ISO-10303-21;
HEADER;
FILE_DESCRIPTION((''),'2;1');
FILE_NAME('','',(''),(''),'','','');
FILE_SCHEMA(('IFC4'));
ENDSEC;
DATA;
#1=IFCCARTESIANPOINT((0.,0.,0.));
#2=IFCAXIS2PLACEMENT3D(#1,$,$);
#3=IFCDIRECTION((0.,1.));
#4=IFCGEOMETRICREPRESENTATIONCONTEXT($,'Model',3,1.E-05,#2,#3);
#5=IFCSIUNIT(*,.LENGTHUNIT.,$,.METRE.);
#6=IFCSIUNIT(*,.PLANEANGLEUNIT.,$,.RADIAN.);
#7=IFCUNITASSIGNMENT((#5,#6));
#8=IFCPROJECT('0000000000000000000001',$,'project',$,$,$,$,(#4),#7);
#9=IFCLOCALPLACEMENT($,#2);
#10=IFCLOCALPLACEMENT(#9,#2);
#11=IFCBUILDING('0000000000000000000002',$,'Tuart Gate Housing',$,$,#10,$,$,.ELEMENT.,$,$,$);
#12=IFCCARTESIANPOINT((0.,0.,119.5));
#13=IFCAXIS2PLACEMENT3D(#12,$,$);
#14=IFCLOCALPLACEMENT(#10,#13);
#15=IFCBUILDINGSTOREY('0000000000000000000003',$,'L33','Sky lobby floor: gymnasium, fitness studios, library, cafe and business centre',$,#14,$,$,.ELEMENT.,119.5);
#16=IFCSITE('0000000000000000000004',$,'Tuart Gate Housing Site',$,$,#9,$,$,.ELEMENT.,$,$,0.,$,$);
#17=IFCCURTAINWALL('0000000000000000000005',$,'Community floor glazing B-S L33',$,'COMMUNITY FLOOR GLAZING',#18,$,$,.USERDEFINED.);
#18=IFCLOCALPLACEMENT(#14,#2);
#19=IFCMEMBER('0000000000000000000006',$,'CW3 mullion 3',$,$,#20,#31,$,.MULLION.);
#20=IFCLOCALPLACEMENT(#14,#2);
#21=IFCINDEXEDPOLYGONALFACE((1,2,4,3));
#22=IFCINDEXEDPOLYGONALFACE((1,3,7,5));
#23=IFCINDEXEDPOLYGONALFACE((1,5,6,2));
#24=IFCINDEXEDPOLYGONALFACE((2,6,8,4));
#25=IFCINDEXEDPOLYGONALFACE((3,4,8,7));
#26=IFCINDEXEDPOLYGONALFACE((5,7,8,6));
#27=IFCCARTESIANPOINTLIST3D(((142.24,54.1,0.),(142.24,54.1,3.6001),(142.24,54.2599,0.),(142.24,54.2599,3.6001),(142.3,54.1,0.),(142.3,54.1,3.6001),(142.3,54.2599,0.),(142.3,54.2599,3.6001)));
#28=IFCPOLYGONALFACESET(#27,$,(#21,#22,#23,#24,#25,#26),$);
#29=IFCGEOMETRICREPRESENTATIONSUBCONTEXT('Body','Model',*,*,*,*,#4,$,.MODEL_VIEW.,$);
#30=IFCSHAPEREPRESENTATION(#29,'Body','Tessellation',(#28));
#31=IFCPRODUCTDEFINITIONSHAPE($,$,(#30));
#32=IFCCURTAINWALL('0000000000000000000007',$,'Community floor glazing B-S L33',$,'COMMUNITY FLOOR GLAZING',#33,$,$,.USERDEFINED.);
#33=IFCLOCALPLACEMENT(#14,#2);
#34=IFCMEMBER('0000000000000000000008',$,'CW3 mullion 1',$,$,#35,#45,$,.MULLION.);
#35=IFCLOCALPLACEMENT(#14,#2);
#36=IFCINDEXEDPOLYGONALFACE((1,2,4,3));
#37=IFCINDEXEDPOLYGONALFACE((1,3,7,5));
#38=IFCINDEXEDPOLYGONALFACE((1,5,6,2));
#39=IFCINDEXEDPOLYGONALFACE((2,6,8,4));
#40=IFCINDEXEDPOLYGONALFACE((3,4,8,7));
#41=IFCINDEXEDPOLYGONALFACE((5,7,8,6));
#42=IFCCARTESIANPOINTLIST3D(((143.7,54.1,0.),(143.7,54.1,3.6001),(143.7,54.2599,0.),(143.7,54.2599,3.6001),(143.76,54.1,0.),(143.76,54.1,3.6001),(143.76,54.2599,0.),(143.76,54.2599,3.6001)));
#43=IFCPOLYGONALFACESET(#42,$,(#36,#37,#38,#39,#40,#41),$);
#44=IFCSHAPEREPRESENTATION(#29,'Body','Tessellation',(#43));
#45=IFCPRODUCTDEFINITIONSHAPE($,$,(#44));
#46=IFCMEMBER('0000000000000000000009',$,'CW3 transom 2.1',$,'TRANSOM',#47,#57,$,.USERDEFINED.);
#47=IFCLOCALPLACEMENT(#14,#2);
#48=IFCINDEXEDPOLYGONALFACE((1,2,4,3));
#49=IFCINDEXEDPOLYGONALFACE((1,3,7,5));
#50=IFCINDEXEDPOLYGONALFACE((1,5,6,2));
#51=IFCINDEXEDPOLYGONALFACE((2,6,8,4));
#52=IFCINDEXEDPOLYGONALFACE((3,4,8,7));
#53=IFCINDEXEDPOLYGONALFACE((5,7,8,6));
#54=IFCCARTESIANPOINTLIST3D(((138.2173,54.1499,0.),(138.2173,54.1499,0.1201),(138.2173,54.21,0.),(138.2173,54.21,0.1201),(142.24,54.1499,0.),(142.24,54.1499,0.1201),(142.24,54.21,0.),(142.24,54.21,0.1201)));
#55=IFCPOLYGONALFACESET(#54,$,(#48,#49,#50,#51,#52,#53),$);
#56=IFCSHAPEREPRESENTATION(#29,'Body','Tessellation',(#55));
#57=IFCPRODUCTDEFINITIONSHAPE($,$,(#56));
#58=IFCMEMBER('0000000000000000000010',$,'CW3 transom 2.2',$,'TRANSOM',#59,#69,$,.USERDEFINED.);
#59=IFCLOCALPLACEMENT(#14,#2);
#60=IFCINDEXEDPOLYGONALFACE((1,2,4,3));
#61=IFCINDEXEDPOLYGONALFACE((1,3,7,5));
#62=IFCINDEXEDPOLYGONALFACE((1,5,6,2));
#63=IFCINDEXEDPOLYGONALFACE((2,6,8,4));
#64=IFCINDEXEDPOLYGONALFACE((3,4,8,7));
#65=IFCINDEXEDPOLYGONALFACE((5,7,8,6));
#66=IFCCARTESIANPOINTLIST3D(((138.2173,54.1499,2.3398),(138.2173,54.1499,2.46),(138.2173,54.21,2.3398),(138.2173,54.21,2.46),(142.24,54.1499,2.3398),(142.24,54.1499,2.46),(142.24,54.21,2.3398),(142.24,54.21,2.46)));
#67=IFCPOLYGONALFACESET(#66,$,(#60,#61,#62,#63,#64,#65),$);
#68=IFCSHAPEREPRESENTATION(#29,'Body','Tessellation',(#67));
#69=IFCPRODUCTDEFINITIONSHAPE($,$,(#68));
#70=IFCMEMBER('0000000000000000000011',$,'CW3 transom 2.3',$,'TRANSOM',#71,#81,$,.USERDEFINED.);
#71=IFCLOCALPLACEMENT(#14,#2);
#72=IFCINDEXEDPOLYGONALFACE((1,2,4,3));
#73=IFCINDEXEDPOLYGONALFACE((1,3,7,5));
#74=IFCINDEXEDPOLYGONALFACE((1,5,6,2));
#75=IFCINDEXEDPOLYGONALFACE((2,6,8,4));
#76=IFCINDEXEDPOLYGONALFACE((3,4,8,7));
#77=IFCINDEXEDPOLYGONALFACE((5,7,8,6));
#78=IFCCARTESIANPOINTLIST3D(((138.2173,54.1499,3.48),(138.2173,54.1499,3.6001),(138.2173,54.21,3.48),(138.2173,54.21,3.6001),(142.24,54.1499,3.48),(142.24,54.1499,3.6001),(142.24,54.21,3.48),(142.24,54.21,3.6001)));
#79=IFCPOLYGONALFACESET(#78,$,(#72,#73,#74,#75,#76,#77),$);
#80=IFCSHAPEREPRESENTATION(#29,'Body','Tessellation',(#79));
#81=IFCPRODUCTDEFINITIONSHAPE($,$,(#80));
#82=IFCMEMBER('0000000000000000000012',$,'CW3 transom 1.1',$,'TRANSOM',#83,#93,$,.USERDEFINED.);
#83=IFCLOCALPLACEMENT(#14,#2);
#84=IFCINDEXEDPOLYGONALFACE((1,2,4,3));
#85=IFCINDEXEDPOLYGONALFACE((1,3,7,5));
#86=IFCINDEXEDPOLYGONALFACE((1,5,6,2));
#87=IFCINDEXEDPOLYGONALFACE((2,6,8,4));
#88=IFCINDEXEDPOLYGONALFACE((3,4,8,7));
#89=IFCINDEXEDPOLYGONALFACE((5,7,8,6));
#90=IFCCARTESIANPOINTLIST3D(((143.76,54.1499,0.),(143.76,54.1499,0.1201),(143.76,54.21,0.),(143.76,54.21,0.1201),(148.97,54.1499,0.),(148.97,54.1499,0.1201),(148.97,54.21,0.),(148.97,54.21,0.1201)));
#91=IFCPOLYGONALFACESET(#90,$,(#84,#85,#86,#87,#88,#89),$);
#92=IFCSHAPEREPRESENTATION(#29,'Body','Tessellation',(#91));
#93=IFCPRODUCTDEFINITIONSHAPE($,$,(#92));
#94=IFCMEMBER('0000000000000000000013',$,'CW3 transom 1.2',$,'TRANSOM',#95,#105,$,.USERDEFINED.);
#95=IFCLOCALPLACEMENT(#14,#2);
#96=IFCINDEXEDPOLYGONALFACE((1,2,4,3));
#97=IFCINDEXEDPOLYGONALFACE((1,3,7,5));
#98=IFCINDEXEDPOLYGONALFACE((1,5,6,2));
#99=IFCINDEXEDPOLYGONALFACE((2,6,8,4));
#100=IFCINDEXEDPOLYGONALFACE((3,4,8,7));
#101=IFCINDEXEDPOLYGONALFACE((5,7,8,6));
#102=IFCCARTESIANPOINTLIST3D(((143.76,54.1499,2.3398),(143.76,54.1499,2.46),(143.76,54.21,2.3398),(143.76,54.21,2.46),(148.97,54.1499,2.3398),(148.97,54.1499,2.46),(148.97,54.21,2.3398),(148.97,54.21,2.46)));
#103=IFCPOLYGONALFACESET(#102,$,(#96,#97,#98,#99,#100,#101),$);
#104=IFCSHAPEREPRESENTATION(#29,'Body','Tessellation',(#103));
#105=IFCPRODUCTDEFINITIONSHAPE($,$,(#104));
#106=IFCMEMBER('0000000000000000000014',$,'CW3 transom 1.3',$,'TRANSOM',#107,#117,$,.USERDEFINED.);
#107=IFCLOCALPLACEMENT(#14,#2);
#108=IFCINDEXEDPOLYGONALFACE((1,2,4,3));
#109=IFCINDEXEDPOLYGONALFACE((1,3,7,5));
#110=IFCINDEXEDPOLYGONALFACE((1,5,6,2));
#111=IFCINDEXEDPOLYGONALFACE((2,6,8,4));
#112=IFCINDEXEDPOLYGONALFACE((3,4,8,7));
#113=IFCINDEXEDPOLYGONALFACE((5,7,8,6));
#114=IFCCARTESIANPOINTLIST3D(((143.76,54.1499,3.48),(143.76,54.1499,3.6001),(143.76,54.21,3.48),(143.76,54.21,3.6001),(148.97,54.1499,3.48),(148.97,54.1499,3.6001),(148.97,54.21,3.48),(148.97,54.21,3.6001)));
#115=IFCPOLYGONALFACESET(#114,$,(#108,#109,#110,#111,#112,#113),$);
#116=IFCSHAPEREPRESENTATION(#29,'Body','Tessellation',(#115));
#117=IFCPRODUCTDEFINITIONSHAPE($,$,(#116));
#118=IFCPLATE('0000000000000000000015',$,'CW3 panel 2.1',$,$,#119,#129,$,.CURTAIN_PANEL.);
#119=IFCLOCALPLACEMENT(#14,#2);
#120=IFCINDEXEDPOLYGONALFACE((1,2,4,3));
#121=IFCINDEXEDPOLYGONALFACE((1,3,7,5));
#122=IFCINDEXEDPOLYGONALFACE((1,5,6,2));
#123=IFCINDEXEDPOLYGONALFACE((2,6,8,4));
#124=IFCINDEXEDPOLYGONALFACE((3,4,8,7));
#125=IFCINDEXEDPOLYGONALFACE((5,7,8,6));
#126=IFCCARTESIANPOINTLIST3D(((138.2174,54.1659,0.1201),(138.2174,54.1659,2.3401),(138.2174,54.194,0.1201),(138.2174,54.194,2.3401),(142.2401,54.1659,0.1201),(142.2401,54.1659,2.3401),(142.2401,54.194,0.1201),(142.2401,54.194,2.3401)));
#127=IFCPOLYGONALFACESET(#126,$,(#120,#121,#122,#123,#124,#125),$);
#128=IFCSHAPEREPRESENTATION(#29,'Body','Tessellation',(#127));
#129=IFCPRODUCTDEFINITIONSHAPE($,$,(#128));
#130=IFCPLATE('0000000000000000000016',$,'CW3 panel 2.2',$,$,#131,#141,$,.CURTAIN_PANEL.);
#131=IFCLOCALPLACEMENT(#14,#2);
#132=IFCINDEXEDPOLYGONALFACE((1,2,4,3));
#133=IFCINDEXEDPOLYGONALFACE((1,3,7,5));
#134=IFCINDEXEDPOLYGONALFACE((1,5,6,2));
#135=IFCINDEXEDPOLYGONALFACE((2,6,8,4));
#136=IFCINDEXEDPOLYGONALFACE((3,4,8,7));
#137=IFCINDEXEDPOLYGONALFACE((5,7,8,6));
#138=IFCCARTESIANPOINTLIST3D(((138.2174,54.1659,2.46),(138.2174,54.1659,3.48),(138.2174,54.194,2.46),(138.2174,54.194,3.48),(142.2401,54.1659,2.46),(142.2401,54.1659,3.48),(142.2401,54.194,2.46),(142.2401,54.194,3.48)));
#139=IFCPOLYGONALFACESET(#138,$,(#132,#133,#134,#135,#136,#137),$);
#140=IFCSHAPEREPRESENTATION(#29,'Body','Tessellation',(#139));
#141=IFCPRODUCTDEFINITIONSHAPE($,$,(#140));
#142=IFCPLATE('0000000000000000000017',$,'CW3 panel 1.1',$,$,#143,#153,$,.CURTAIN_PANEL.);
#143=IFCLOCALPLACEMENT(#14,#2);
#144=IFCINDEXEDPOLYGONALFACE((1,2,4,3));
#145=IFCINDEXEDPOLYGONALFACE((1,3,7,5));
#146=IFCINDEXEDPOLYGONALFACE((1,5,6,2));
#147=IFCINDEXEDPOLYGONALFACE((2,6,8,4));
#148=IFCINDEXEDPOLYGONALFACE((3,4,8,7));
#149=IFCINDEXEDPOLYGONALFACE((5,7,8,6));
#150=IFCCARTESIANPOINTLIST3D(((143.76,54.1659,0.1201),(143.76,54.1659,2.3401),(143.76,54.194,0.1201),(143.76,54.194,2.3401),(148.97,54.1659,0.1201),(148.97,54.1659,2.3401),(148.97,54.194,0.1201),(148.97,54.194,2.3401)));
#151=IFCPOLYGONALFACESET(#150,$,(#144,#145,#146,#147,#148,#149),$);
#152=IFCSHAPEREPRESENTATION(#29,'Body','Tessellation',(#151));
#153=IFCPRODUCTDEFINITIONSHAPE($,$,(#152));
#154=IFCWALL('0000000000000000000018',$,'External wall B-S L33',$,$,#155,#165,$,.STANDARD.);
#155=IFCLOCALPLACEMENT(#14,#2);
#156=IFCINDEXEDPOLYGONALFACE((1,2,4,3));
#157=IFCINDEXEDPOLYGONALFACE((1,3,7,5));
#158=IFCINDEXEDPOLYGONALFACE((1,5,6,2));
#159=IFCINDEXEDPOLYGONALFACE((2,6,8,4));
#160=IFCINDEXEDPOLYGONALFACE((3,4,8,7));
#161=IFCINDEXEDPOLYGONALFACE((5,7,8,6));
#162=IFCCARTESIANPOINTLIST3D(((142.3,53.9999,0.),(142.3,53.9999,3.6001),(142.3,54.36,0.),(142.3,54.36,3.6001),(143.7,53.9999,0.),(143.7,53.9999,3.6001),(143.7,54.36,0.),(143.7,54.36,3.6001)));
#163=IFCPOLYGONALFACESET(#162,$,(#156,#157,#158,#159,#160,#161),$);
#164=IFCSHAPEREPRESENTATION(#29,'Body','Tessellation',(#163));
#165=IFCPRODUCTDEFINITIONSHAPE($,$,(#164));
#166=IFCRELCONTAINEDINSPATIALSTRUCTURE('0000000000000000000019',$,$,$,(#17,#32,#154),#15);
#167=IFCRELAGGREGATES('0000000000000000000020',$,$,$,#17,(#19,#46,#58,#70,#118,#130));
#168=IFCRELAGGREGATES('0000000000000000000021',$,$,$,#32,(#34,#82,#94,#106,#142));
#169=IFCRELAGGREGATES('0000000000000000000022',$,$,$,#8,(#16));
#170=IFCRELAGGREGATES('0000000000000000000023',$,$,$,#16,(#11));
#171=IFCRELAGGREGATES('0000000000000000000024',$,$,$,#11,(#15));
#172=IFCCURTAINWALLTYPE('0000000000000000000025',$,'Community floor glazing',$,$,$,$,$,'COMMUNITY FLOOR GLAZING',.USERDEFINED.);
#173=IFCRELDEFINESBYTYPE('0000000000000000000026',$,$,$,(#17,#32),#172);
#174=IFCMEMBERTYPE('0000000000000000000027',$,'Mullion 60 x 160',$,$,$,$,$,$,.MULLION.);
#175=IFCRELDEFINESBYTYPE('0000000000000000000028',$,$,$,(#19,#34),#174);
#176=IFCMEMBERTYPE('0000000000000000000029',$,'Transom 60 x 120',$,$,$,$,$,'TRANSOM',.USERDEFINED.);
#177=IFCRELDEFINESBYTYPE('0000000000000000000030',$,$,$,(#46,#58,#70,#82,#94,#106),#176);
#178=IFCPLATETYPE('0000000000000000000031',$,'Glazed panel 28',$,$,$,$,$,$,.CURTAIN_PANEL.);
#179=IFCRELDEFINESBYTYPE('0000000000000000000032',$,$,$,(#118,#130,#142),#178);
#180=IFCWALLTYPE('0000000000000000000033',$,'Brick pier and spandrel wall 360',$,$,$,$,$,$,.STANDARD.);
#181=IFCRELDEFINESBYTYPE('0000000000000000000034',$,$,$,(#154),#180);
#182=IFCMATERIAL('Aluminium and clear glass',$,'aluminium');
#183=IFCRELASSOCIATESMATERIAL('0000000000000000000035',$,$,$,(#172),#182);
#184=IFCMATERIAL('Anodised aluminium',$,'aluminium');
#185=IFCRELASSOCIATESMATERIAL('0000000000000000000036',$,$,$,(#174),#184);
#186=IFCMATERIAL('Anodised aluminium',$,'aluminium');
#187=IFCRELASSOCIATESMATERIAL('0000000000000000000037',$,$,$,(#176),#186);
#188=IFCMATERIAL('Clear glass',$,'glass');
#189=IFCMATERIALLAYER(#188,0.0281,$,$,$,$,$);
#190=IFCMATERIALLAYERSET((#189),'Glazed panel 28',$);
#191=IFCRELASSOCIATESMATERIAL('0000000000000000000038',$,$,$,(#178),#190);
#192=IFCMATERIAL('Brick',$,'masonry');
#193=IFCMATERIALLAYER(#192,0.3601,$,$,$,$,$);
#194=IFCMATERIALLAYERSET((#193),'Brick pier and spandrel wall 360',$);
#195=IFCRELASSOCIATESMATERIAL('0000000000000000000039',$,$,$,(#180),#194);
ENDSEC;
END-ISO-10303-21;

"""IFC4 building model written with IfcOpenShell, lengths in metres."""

from ifc_helpers import new_model, si_unit, direction, frame, frame_2d, origin, origin_2d, place, context, subcontext, project, spatial, rectangle, extrude, material, layer, layer_set, material_profile, profile_set, type_object, element, aggregate, save


model = new_model("IFC4")

# Units and contexts
model_context = context("Model", 3, precision=1e-05, world=origin(), true_north=direction((0.0, 1.0)))
body_context = subcontext(model_context, "Body", "Model", "MODEL_VIEW")
ifc_project = project(units=[si_unit("LENGTHUNIT", "METRE"), si_unit("PLANEANGLEUNIT", "RADIAN")], contexts=[model_context])

# Site, building, storey
site_placement = place(None, origin())
site = spatial("IfcSite", under=ifc_project, at=site_placement, Name="Tuart Gate Housing Site", CompositionType="ELEMENT", RefElevation=0.0)
building_placement = place(site_placement, origin())
building = spatial("IfcBuilding", under=site, at=building_placement, Name="Tuart Gate Housing", CompositionType="ELEMENT")
storey_placement = place(building_placement, frame((0.0, 0.0, 119.5)))
storey = spatial("IfcBuildingStorey", under=building, at=storey_placement, Name="L33", Description="Sky lobby floor: gymnasium, fitness studios, library, cafe and business centre", CompositionType="ELEMENT", Elevation=119.5)

# Curtain walls, members
ifc_material_1 = material(Name="Aluminium and clear glass", Category="aluminium")
curtain_wall_type = type_object("IfcCurtainWallType", Name="Community floor glazing", ElementType="COMMUNITY FLOOR GLAZING", PredefinedType="USERDEFINED", material=ifc_material_1)
curtain_wall_1_placement = place(storey_placement, origin())
curtain_wall_1 = element("IfcCurtainWall", 1, at=curtain_wall_1_placement, inside=storey, type_object=curtain_wall_type, Name="Community floor glazing B-S L33", ObjectType="COMMUNITY FLOOR GLAZING", PredefinedType="USERDEFINED")
ifc_material_2 = material(Name="Anodised aluminium", Category="aluminium")
ifc_material_profile_1 = material_profile(ifc_material_2, rectangle(XDim=0.0601, YDim=0.1599, at=origin_2d()), Name="60x160")
ifc_profile_set_1 = profile_set([ifc_material_profile_1], Name="Anodised aluminium")
member_type_1 = type_object("IfcMemberType", Name="Mullion 60 x 160", PredefinedType="MULLION", material=ifc_profile_set_1)
member_1_placement = place(storey_placement, frame((142.27, 54.1799, 0.0), z_axis=(0.0, 0.0, 1.0), x_axis=(1.0, 0.0, 0.0)))
member_1 = element("IfcMember", 2, at=member_1_placement, type_object=member_type_1, Name="CW3 mullion 3", PredefinedType="MULLION", context=body_context, shape_type="SweptSolid", body=[
    extrude(rectangle(XDim=0.0601, YDim=0.1599, at=origin_2d()), origin(), (0.0, 0.0, 1.0), 3.6001),
])
curtain_wall_2_placement = place(storey_placement, origin())
curtain_wall_2 = element("IfcCurtainWall", 3, at=curtain_wall_2_placement, inside=storey, type_object=curtain_wall_type, Name="Community floor glazing B-S L33", ObjectType="COMMUNITY FLOOR GLAZING", PredefinedType="USERDEFINED")
member_2_placement = place(storey_placement, frame((143.73, 54.1799, 0.0), z_axis=(0.0, 0.0, 1.0), x_axis=(1.0, 0.0, 0.0)))
member_2 = element("IfcMember", 4, at=member_2_placement, type_object=member_type_1, Name="CW3 mullion 1", PredefinedType="MULLION", context=body_context, shape_type="SweptSolid", body=[
    extrude(rectangle(XDim=0.0601, YDim=0.1599, at=origin_2d()), origin(), (0.0, 0.0, 1.0), 3.6001),
])

# Members
ifc_material_3 = material(Name="Anodised aluminium", Category="aluminium")
ifc_material_profile_2 = material_profile(ifc_material_3, rectangle(XDim=0.0601, YDim=0.1201, at=origin_2d()), Name="60x120")
ifc_profile_set_2 = profile_set([ifc_material_profile_2], Name="Anodised aluminium")
member_type_2 = type_object("IfcMemberType", Name="Transom 60 x 120", ElementType="TRANSOM", PredefinedType="USERDEFINED", material=ifc_profile_set_2)
member_3_placement = place(storey_placement, frame((138.2173, 54.1799, 0.0601), z_axis=(1.0, 0.0, 0.0), x_axis=(0.0, 1.0, 0.0)))
member_3 = element("IfcMember", 5, at=member_3_placement, type_object=member_type_2, Name="CW3 transom 2.1", ObjectType="TRANSOM", PredefinedType="USERDEFINED", context=body_context, shape_type="SweptSolid", body=[
    extrude(rectangle(XDim=0.0601, YDim=0.1201, at=origin_2d()), origin(), (0.0, 0.0, 1.0), 4.0227),
])
member_4_placement = place(storey_placement, frame((138.2173, 54.1799, 2.3999), z_axis=(1.0, 0.0, 0.0), x_axis=(0.0, 1.0, 0.0)))
member_4 = element("IfcMember", 6, at=member_4_placement, type_object=member_type_2, Name="CW3 transom 2.2", ObjectType="TRANSOM", PredefinedType="USERDEFINED", context=body_context, shape_type="SweptSolid", body=[
    extrude(rectangle(XDim=0.0601, YDim=0.1201, at=origin_2d()), origin(), (0.0, 0.0, 1.0), 4.0227),
])
member_5_placement = place(storey_placement, frame((138.2173, 54.1799, 3.54), z_axis=(1.0, 0.0, 0.0), x_axis=(0.0, 1.0, 0.0)))
member_5 = element("IfcMember", 7, at=member_5_placement, type_object=member_type_2, Name="CW3 transom 2.3", ObjectType="TRANSOM", PredefinedType="USERDEFINED", context=body_context, shape_type="SweptSolid", body=[
    extrude(rectangle(XDim=0.0601, YDim=0.1201, at=origin_2d()), origin(), (0.0, 0.0, 1.0), 4.0227),
])
member_6_placement = place(storey_placement, frame((143.76, 54.1799, 0.0601), z_axis=(1.0, 0.0, 0.0), x_axis=(0.0, 1.0, 0.0)))
member_6 = element("IfcMember", 8, at=member_6_placement, type_object=member_type_2, Name="CW3 transom 1.1", ObjectType="TRANSOM", PredefinedType="USERDEFINED", context=body_context, shape_type="SweptSolid", body=[
    extrude(rectangle(XDim=0.0601, YDim=0.1201, at=origin_2d()), origin(), (0.0, 0.0, 1.0), 5.21),
])
member_7_placement = place(storey_placement, frame((143.76, 54.1799, 2.3999), z_axis=(1.0, 0.0, 0.0), x_axis=(0.0, 1.0, 0.0)))
member_7 = element("IfcMember", 9, at=member_7_placement, type_object=member_type_2, Name="CW3 transom 1.2", ObjectType="TRANSOM", PredefinedType="USERDEFINED", context=body_context, shape_type="SweptSolid", body=[
    extrude(rectangle(XDim=0.0601, YDim=0.1201, at=origin_2d()), origin(), (0.0, 0.0, 1.0), 5.21),
])
member_8_placement = place(storey_placement, frame((143.76, 54.1799, 3.54), z_axis=(1.0, 0.0, 0.0), x_axis=(0.0, 1.0, 0.0)))
member_8 = element("IfcMember", 10, at=member_8_placement, type_object=member_type_2, Name="CW3 transom 1.3", ObjectType="TRANSOM", PredefinedType="USERDEFINED", context=body_context, shape_type="SweptSolid", body=[
    extrude(rectangle(XDim=0.0601, YDim=0.1201, at=origin_2d()), origin(), (0.0, 0.0, 1.0), 5.21),
])

# Plates
ifc_material_4 = material(Name="Clear glass", Category="glass")
ifc_layer_1 = layer(ifc_material_4, 0.0281)
ifc_layer_set_1 = layer_set([ifc_layer_1], Name="Glazed panel 28")
plate_type = type_object("IfcPlateType", Name="Glazed panel 28", PredefinedType="CURTAIN_PANEL", material=ifc_layer_set_1)
plate_1_placement = place(storey_placement, frame((140.2288, 54.1799, 0.1201), z_axis=(0.0, 0.0, 1.0), x_axis=(1.0, 0.0, 0.0)))
plate_1 = element("IfcPlate", 11, at=plate_1_placement, type_object=plate_type, Name="CW3 panel 2.1", PredefinedType="CURTAIN_PANEL", context=body_context, shape_type="SweptSolid", body=[
    extrude(rectangle(XDim=4.0227, YDim=0.0281, at=origin_2d()), origin(), (0.0, 0.0, 1.0), 2.22),
])
plate_2_placement = place(storey_placement, frame((140.2288, 54.1799, 2.46), z_axis=(0.0, 0.0, 1.0), x_axis=(1.0, 0.0, 0.0)))
plate_2 = element("IfcPlate", 12, at=plate_2_placement, type_object=plate_type, Name="CW3 panel 2.2", PredefinedType="CURTAIN_PANEL", context=body_context, shape_type="SweptSolid", body=[
    extrude(rectangle(XDim=4.0227, YDim=0.0281, at=origin_2d()), origin(), (0.0, 0.0, 1.0), 1.02),
])
aggregate(curtain_wall_1, [member_1, member_3, member_4, member_5, plate_1, plate_2])
plate_3_placement = place(storey_placement, frame((146.365, 54.1799, 0.1201), z_axis=(0.0, 0.0, 1.0), x_axis=(1.0, 0.0, 0.0)))
plate_3 = element("IfcPlate", 13, at=plate_3_placement, type_object=plate_type, Name="CW3 panel 1.1", PredefinedType="CURTAIN_PANEL", context=body_context, shape_type="SweptSolid", body=[
    extrude(rectangle(XDim=5.21, YDim=0.0281, at=origin_2d()), origin(), (0.0, 0.0, 1.0), 2.22),
])
aggregate(curtain_wall_2, [member_2, member_6, member_7, member_8, plate_3])

# Wall
ifc_material_5 = material(Name="Brick", Category="masonry")
ifc_layer_2 = layer(ifc_material_5, 0.3601)
ifc_layer_set_2 = layer_set([ifc_layer_2], Name="Brick pier and spandrel wall 360")
wall_type = type_object("IfcWallType", Name="Brick pier and spandrel wall 360", PredefinedType="STANDARD", material=ifc_layer_set_2)
wall_placement = place(storey_placement, frame((142.3, 54.1799, 0.0), z_axis=(0.0, 0.0, 1.0), x_axis=(1.0, 0.0, 0.0)))
element("IfcWall", 14, at=wall_placement, inside=storey, type_object=wall_type, Name="External wall B-S L33", PredefinedType="STANDARD", context=body_context, shape_type="SweptSolid", body=[
    extrude(rectangle(XDim=1.3999, YDim=0.3601, at=frame_2d((0.7, 0.0))), origin(), (0.0, 0.0, 1.0), 3.6001),
])

save(model, "model.ifc")
